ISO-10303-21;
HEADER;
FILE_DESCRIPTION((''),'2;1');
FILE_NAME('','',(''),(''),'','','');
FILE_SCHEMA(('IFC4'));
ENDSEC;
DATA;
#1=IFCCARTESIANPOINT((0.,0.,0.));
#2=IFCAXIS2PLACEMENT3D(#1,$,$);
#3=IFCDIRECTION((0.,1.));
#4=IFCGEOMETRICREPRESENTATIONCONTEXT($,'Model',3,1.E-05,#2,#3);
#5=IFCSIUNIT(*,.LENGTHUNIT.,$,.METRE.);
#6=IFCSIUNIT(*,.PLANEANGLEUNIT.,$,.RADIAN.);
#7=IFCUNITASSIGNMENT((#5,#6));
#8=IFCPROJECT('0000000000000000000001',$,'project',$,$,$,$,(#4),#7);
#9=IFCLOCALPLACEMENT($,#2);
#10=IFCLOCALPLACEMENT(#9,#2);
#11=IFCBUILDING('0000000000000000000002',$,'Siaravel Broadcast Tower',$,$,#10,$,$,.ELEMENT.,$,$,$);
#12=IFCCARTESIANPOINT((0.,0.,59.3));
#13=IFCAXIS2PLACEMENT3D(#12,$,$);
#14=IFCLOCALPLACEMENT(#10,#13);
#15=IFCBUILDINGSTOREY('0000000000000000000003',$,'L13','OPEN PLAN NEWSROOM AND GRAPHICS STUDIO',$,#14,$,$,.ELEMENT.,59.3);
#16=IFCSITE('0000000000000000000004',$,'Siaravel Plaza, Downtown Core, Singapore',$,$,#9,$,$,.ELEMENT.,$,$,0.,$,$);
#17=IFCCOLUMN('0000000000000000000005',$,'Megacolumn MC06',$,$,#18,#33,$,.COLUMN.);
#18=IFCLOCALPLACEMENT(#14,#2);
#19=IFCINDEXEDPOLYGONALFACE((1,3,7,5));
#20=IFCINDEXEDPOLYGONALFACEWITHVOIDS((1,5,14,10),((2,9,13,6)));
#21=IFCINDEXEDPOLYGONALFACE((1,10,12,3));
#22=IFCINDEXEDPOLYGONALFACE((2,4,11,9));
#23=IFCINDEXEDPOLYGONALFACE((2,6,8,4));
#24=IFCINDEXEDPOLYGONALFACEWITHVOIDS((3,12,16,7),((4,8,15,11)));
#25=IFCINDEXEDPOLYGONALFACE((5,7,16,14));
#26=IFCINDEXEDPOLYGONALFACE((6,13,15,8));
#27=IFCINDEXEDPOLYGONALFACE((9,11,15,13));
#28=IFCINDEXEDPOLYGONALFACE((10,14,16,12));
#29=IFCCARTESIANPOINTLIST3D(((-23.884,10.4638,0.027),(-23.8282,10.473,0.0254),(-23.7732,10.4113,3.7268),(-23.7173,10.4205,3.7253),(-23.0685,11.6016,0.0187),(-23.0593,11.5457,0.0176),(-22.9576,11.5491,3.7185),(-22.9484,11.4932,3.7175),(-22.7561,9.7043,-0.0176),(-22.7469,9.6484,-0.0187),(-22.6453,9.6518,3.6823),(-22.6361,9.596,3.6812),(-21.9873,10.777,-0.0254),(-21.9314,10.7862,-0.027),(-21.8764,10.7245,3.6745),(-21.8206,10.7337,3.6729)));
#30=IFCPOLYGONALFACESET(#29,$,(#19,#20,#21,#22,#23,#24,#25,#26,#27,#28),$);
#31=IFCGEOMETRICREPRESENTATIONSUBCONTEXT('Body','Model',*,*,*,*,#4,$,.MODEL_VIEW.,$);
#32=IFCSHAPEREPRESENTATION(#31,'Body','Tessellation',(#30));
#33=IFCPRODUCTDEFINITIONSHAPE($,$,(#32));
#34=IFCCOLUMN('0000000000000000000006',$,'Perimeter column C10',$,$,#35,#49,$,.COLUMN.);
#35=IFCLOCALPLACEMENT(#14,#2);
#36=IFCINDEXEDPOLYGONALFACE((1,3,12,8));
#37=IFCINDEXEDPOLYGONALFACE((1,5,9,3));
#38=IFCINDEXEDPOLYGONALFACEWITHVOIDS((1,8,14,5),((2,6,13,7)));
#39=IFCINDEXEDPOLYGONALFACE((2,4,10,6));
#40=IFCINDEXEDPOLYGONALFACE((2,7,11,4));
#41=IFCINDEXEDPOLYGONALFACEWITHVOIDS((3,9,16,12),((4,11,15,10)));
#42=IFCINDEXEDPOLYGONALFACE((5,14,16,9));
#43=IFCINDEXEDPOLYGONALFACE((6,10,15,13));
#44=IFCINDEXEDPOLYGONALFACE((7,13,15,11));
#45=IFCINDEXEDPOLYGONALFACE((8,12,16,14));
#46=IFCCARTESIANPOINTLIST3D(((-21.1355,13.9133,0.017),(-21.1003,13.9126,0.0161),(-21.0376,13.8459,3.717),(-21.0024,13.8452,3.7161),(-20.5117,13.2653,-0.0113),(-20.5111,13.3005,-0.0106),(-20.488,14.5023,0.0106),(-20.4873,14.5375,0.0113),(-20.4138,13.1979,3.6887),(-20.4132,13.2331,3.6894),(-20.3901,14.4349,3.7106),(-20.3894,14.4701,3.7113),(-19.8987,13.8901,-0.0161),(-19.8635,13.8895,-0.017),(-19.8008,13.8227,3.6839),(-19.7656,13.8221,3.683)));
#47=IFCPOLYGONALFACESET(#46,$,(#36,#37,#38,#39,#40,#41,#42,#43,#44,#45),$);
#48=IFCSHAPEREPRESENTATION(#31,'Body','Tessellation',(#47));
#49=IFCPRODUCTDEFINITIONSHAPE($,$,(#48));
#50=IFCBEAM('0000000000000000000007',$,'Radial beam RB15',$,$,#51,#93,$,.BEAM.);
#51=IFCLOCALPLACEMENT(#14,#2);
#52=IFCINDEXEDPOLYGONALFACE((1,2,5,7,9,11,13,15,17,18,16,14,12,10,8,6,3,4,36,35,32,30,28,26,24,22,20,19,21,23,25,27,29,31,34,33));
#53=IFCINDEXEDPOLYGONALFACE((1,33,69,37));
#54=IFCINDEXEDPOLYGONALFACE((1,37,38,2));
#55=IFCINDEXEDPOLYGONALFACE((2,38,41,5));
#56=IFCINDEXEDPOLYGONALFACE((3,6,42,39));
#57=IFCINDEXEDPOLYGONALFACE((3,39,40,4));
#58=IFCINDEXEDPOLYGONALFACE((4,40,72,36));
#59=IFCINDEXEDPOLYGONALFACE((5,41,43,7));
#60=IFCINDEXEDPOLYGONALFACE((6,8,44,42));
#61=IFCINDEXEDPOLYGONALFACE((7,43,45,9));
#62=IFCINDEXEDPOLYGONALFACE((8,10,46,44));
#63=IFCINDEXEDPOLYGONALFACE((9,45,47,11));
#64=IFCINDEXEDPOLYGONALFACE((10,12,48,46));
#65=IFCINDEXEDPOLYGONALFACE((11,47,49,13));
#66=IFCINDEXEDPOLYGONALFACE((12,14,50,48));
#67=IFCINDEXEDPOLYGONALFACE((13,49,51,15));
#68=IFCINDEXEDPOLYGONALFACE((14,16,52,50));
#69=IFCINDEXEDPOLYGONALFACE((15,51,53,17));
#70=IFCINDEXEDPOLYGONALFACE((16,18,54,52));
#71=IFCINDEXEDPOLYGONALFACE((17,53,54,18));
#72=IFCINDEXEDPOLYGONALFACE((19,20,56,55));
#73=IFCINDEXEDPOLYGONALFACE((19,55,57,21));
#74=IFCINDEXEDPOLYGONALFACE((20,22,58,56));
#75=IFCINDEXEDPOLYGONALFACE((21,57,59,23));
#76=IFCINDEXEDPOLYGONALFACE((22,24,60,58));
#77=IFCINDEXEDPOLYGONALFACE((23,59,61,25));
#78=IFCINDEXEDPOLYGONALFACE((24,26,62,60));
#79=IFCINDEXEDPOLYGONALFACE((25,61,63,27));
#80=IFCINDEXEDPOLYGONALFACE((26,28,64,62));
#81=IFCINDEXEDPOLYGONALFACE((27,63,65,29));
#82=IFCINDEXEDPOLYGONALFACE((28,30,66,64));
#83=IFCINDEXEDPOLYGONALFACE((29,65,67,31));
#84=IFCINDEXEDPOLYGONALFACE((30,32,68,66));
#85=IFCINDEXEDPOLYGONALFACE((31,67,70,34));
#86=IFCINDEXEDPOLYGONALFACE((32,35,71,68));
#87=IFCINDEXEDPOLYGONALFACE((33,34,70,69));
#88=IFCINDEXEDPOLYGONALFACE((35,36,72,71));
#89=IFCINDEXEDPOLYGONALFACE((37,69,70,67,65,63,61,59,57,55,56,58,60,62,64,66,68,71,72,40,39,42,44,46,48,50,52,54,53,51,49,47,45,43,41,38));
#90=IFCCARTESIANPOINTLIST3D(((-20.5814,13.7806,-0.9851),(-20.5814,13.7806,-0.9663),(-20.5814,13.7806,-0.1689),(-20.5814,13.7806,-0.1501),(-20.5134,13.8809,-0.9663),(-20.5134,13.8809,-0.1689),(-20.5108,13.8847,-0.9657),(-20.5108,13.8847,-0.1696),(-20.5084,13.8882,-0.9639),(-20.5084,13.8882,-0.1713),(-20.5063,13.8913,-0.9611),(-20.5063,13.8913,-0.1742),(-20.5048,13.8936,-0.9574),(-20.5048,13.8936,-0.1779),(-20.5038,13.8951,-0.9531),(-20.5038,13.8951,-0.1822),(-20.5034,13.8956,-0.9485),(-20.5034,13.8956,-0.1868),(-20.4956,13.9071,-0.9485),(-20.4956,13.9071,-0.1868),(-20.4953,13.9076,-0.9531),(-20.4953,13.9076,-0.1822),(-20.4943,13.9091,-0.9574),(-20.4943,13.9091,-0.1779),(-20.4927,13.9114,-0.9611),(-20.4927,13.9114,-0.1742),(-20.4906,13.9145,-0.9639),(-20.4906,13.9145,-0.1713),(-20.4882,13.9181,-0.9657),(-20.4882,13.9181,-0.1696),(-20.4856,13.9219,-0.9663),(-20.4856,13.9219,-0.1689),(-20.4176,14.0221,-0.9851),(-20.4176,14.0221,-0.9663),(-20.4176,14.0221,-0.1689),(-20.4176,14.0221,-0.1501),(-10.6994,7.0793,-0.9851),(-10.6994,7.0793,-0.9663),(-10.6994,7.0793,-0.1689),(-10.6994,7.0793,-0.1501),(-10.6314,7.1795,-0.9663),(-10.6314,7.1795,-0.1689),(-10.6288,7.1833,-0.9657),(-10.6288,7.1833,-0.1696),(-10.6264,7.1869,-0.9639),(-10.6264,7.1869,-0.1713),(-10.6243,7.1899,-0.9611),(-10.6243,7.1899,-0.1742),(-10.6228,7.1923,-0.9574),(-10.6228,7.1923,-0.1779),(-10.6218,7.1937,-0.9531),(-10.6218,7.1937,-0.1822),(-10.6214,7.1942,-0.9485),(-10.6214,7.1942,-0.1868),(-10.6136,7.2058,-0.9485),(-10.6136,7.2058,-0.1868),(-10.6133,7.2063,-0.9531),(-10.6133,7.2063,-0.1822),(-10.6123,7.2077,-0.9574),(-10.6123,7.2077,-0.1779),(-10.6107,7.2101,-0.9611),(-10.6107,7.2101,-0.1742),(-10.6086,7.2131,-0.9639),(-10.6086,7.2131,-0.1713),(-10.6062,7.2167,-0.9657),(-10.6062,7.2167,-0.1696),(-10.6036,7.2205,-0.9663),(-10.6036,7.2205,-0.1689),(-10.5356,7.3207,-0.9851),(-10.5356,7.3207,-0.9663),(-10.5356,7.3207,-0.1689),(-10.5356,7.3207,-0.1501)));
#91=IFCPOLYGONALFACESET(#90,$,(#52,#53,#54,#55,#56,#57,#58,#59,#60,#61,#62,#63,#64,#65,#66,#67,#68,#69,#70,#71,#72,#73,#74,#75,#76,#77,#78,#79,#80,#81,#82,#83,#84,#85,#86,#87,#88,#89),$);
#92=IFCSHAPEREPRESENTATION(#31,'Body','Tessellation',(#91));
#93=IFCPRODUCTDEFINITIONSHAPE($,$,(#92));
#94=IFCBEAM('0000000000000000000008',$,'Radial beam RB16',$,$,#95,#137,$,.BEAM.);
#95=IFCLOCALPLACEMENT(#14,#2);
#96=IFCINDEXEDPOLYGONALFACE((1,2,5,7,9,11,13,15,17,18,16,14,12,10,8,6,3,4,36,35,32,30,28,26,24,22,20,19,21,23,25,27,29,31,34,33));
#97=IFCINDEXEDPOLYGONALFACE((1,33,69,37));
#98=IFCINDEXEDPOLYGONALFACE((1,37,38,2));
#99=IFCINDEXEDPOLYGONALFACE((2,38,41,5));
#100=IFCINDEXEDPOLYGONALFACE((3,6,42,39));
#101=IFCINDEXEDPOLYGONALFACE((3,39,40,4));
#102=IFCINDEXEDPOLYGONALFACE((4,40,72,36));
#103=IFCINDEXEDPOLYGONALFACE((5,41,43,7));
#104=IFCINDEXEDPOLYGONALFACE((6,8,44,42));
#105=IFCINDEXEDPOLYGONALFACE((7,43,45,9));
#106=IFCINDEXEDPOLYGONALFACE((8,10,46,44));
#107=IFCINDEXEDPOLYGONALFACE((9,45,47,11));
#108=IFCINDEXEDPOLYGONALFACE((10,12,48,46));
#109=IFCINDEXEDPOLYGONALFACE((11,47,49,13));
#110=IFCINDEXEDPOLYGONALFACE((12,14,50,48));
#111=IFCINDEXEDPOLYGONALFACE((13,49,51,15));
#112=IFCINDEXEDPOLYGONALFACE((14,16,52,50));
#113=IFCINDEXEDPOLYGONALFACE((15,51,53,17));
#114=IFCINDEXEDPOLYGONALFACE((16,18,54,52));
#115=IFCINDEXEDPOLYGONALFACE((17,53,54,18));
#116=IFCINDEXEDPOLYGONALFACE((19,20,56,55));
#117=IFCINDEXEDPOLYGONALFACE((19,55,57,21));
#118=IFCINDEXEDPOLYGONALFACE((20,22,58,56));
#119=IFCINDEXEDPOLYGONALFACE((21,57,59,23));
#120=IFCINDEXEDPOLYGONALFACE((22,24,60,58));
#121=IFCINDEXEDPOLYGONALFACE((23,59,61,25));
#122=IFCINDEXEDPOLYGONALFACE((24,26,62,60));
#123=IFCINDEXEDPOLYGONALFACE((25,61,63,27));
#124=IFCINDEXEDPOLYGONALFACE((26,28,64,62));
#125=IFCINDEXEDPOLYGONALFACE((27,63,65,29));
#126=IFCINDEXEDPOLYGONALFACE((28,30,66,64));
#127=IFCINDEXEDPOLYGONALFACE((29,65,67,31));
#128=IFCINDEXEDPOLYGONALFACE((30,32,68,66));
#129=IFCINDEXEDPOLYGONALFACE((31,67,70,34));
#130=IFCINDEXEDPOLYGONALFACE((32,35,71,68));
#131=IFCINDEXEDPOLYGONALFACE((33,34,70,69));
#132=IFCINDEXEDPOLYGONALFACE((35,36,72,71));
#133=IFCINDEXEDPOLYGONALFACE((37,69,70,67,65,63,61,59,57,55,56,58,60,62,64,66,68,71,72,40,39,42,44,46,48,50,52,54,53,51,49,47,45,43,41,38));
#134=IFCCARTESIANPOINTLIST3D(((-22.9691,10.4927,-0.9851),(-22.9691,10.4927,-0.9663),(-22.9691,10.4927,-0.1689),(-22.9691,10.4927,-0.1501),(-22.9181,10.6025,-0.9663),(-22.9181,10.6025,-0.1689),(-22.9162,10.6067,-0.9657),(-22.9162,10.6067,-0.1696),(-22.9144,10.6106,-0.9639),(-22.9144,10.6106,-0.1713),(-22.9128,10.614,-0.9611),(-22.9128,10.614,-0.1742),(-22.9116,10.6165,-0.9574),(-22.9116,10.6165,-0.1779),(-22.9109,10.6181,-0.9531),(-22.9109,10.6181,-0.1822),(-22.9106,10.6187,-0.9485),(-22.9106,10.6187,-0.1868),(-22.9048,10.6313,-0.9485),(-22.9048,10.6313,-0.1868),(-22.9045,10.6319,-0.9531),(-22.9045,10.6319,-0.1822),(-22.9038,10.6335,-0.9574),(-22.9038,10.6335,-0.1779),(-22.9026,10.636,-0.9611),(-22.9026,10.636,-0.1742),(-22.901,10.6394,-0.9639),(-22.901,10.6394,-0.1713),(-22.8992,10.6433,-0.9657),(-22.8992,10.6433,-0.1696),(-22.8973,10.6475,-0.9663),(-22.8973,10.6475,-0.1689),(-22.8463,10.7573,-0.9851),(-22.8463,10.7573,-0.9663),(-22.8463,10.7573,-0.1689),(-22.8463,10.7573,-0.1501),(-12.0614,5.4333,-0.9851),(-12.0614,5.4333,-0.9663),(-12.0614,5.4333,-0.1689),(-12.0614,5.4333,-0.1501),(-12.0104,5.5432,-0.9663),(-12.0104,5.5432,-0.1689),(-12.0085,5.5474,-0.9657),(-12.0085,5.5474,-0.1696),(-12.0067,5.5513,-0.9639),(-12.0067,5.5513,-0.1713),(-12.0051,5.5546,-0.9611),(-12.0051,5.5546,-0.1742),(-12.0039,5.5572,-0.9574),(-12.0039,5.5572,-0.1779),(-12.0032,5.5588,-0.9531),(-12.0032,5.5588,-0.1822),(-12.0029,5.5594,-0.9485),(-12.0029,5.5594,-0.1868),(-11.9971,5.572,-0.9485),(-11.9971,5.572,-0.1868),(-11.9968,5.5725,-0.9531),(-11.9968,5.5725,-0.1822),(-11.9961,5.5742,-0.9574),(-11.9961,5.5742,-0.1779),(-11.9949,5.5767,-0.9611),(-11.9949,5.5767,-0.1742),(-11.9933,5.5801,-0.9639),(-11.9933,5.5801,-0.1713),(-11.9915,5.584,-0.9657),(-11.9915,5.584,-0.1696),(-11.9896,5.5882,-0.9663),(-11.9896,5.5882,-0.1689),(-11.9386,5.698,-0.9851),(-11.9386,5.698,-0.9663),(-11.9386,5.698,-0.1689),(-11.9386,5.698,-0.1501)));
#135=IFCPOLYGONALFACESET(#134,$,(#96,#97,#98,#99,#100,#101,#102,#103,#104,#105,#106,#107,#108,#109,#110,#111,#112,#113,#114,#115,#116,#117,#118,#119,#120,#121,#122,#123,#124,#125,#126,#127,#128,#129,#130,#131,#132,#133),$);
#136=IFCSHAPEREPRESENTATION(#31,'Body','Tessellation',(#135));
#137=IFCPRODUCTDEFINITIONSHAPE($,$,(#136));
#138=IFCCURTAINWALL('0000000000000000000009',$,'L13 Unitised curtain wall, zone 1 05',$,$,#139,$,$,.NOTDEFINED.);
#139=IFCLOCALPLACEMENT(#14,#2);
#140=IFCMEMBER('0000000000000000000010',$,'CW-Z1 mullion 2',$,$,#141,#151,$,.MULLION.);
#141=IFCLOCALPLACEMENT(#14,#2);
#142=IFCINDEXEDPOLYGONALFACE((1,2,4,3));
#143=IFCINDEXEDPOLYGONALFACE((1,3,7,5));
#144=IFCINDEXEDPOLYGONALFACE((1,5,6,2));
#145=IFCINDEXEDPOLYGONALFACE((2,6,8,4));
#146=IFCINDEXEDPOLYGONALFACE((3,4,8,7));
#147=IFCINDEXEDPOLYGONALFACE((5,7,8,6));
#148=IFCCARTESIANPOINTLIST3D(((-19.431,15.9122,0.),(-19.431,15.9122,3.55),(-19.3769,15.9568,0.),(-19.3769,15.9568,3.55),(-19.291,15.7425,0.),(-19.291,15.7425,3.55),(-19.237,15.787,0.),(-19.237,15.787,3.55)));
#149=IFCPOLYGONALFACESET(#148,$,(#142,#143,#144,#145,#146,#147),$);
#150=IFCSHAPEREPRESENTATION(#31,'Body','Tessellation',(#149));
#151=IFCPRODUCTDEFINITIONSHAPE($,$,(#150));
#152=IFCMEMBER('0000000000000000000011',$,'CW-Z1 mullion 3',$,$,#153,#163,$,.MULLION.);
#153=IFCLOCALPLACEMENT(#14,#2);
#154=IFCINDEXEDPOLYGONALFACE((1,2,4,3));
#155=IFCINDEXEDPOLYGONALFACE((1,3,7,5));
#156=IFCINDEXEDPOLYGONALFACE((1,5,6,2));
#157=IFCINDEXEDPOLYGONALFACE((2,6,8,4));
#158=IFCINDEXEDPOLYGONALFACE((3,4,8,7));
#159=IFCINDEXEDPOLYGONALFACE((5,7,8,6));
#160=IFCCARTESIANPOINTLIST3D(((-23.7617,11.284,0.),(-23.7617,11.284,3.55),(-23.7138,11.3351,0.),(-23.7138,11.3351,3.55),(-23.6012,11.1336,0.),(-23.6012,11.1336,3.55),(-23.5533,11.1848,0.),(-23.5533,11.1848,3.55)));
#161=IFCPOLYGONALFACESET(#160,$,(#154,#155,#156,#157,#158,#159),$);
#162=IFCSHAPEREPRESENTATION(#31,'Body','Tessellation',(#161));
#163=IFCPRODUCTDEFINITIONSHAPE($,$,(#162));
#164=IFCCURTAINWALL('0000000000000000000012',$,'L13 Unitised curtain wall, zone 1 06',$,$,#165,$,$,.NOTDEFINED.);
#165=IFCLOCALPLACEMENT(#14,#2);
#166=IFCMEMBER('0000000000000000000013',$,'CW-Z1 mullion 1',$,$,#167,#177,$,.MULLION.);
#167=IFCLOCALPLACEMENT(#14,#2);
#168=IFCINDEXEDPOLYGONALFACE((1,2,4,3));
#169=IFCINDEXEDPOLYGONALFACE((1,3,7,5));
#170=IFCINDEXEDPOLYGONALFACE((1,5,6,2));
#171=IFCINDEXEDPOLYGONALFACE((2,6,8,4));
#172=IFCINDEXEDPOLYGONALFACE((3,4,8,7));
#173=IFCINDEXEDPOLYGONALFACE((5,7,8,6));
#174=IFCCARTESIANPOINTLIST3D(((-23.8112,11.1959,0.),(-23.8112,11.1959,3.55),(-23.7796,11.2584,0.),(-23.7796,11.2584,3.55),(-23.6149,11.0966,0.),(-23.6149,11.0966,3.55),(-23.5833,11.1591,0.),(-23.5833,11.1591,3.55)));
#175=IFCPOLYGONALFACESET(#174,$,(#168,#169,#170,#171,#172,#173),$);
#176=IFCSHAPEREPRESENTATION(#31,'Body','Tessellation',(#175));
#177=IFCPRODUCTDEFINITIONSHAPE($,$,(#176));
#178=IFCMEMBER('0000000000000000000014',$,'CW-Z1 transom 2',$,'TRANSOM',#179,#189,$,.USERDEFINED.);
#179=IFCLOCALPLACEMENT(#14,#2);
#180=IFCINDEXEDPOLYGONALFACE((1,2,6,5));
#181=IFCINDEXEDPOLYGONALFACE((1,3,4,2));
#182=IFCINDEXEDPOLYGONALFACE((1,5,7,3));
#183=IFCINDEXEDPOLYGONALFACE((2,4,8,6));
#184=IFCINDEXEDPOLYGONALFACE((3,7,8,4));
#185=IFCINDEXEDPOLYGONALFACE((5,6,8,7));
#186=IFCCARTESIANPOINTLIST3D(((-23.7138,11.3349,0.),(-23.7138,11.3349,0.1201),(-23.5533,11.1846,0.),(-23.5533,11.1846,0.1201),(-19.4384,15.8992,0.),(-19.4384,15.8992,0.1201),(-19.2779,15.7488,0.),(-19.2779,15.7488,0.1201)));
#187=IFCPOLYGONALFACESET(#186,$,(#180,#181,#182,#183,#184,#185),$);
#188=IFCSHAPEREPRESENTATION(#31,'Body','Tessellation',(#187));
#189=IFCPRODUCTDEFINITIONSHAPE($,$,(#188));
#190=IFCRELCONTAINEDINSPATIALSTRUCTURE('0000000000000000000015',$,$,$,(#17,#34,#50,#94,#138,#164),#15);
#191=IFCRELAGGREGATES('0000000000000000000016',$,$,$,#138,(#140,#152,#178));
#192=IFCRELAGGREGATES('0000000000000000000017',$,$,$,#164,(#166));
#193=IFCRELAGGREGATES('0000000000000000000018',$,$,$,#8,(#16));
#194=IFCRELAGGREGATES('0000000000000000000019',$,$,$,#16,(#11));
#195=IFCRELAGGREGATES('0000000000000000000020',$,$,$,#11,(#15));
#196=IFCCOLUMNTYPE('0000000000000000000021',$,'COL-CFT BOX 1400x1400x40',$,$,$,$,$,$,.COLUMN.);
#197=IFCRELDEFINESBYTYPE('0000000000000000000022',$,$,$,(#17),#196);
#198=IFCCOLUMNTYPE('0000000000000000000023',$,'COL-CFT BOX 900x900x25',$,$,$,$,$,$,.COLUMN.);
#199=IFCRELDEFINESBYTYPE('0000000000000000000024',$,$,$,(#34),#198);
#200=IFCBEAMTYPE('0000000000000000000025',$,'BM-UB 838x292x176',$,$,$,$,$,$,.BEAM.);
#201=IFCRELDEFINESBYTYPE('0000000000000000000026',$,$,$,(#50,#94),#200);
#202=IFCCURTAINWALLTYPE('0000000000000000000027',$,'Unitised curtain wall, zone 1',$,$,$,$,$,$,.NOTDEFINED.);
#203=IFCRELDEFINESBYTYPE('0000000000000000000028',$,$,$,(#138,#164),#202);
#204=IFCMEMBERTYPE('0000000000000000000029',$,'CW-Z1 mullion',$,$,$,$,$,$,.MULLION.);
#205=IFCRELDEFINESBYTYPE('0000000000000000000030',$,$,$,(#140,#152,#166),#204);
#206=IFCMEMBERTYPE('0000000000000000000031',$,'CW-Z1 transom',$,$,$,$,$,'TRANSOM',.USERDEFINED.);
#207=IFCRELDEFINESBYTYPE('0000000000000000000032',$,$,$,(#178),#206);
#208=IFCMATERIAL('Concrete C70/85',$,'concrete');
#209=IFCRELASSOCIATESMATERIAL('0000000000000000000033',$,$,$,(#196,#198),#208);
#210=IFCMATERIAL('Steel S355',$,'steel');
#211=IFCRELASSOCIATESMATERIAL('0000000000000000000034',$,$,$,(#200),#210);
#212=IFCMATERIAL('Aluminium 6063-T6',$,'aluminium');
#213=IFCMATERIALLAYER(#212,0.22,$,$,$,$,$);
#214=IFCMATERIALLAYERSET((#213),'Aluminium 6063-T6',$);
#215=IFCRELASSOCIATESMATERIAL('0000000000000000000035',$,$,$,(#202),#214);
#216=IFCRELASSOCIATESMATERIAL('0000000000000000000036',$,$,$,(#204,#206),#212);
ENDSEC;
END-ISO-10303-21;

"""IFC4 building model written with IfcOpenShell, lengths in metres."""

from ifc_helpers import new_model, si_unit, direction, frame, origin, origin_2d, place, context, subcontext, project, spatial, rectangle, hollow_rectangle, i_section, extrude, material, layer, layer_set, material_profile, profile_set, type_object, element, aggregate, save


model = new_model("IFC4")

# Units and contexts
model_context = context("Model", 3, precision=1e-05, world=origin(), true_north=direction((0.0, 1.0)))
body_context = subcontext(model_context, "Body", "Model", "MODEL_VIEW")
ifc_project = project(units=[si_unit("LENGTHUNIT", "METRE"), si_unit("PLANEANGLEUNIT", "RADIAN")], contexts=[model_context])

# Site, building, storey
site_placement = place(None, origin())
site = spatial("IfcSite", under=ifc_project, at=site_placement, Name="Siaravel Plaza, Downtown Core, Singapore", CompositionType="ELEMENT", RefElevation=0.0)
building_placement = place(site_placement, origin())
building = spatial("IfcBuilding", under=site, at=building_placement, Name="Siaravel Broadcast Tower", CompositionType="ELEMENT")
storey_placement = place(building_placement, frame((0.0, 0.0, 59.3)))
storey = spatial("IfcBuildingStorey", under=building, at=storey_placement, Name="L13", Description="OPEN PLAN NEWSROOM AND GRAPHICS STUDIO", CompositionType="ELEMENT", Elevation=59.3)

# Columns
ifc_material_1 = material(Name="Concrete C70/85", Category="concrete")
ifc_material_profile_1 = material_profile(ifc_material_1, hollow_rectangle(XDim=1.3999, YDim=1.3999, WallThickness=0.04, at=origin_2d()))
ifc_profile_set_1 = profile_set([ifc_material_profile_1], Name="Concrete C70/85")
column_type_1 = type_object("IfcColumnType", Name="COL-CFT BOX 1400x1400x40", PredefinedType="COLUMN", material=ifc_profile_set_1)
column_1_placement = place(storey_placement, frame((-22.9077, 10.625, 0.0), z_axis=(0.029941, -0.014179, 0.999451), x_axis=(0.582556, 0.812769, -0.005921)))
element("IfcColumn", 1, at=column_1_placement, inside=storey, type_object=column_type_1, Name="Megacolumn MC06", PredefinedType="COLUMN", context=body_context, shape_type="SweptSolid", body=[
    extrude(hollow_rectangle(XDim=1.3999, YDim=1.3999, WallThickness=0.04, at=origin_2d()), origin(), (0.0, 0.0, 1.0), 3.7019),
])
ifc_material_profile_2 = material_profile(ifc_material_1, hollow_rectangle(XDim=0.8999, YDim=0.8999, WallThickness=0.0249, at=origin_2d()))
ifc_profile_set_2 = profile_set([ifc_material_profile_2], Name="Concrete C70/85")
column_type_2 = type_object("IfcColumnType", Name="COL-CFT BOX 900x900x25", PredefinedType="COLUMN", material=ifc_profile_set_2)
column_2_placement = place(storey_placement, frame((-20.4995, 13.9014, 0.0), z_axis=(0.026446, -0.018202, 0.999484), x_axis=(0.720307, 0.693626, -0.006427)))
element("IfcColumn", 2, at=column_2_placement, inside=storey, type_object=column_type_2, Name="Perimeter column C10", PredefinedType="COLUMN", context=body_context, shape_type="SweptSolid", body=[
    extrude(hollow_rectangle(XDim=0.8999, YDim=0.8999, WallThickness=0.0249, at=origin_2d()), origin(), (0.0, 0.0, 1.0), 3.7019),
])

# Beams
ifc_material_2 = material(Name="Steel S355", Category="steel")
ifc_material_profile_3 = material_profile(ifc_material_2, i_section(OverallWidth=0.2917, OverallDepth=0.835, WebThickness=0.0139, FlangeThickness=0.0188, FilletRadius=0.0178, at=origin_2d()))
ifc_profile_set_3 = profile_set([ifc_material_profile_3], Name="Steel S355")
beam_type = type_object("IfcBeamType", Name="BM-UB 838x292x176", PredefinedType="BEAM", material=ifc_profile_set_3)
beam_1_placement = place(storey_placement, frame((-20.4995, 13.9014, -0.5676), z_axis=(0.827642, -0.561256, 0.0), x_axis=(0.561256, 0.827642, 0.0)))
element("IfcBeam", 3, at=beam_1_placement, inside=storey, type_object=beam_type, Name="Radial beam RB15", PredefinedType="BEAM", context=body_context, shape_type="SweptSolid", body=[
    extrude(i_section(OverallWidth=0.2917, OverallDepth=0.835, WebThickness=0.0139, FlangeThickness=0.0188, FilletRadius=0.0178, at=origin_2d()), origin(), (0.0, 0.0, 1.0), 11.9399),
])
beam_2_placement = place(storey_placement, frame((-22.9077, 10.625, -0.5676), z_axis=(0.907167, -0.420771, 0.0), x_axis=(0.420771, 0.907167, 0.0)))
element("IfcBeam", 4, at=beam_2_placement, inside=storey, type_object=beam_type, Name="Radial beam RB16", PredefinedType="BEAM", context=body_context, shape_type="SweptSolid", body=[
    extrude(i_section(OverallWidth=0.2917, OverallDepth=0.835, WebThickness=0.0139, FlangeThickness=0.0188, FilletRadius=0.0178, at=origin_2d()), origin(), (0.0, 0.0, 1.0), 12.0239),
])

# Curtain wall, members
ifc_material_3 = material(Name="Aluminium 6063-T6", Category="aluminium")
ifc_layer_1 = layer(ifc_material_3, 0.22)
ifc_layer_set_1 = layer_set([ifc_layer_1], Name="Aluminium 6063-T6")
curtain_wall_type = type_object("IfcCurtainWallType", Name="Unitised curtain wall, zone 1", PredefinedType="NOTDEFINED", material=ifc_layer_set_1)
curtain_wall_1_placement = place(storey_placement, origin())
curtain_wall_1 = element("IfcCurtainWall", 5, at=curtain_wall_1_placement, inside=storey, type_object=curtain_wall_type, Name="L13 Unitised curtain wall, zone 1 05", PredefinedType="NOTDEFINED")
ifc_material_profile_4 = material_profile(ifc_material_3, rectangle(XDim=0.22, YDim=0.0701, at=origin_2d()))
ifc_profile_set_4 = profile_set([ifc_material_profile_4], Name="Aluminium 6063-T6")
member_type_1 = type_object("IfcMemberType", Name="CW-Z1 mullion", PredefinedType="MULLION", material=ifc_profile_set_4)
member_1_placement = place(storey_placement, frame((-19.334, 15.8496, 0.0), z_axis=(0.0, 0.0, 1.0), x_axis=(0.636217, -0.77151, 0.0)))
member_1 = element("IfcMember", 6, at=member_1_placement, type_object=member_type_1, Name="CW-Z1 mullion 2", PredefinedType="MULLION", context=body_context, shape_type="SweptSolid", body=[
    extrude(rectangle(XDim=0.22, YDim=0.0701, at=origin_2d()), origin(), (0.0, 0.0, 1.0), 3.55),
])
member_2_placement = place(storey_placement, frame((-23.6575, 11.2344, 0.0), z_axis=(0.0, 0.0, 1.0), x_axis=(0.729804, -0.683657, 0.0)))
member_2 = element("IfcMember", 7, at=member_2_placement, type_object=member_type_1, Name="CW-Z1 mullion 3", PredefinedType="MULLION", context=body_context, shape_type="SweptSolid", body=[
    extrude(rectangle(XDim=0.22, YDim=0.0701, at=origin_2d()), origin(), (0.0, 0.0, 1.0), 3.55),
])

# Curtain wall, member
curtain_wall_2_placement = place(storey_placement, origin())
curtain_wall_2 = element("IfcCurtainWall", 8, at=curtain_wall_2_placement, inside=storey, type_object=curtain_wall_type, Name="L13 Unitised curtain wall, zone 1 06", PredefinedType="NOTDEFINED")
member_3_placement = place(storey_placement, frame((-23.6973, 11.1775, 0.0), z_axis=(0.0, 0.0, 1.0), x_axis=(0.892391, -0.451262, 0.0)))
member_3 = element("IfcMember", 9, at=member_3_placement, type_object=member_type_1, Name="CW-Z1 mullion 1", PredefinedType="MULLION", context=body_context, shape_type="SweptSolid", body=[
    extrude(rectangle(XDim=0.22, YDim=0.0701, at=origin_2d()), origin(), (0.0, 0.0, 1.0), 3.55),
])

# Member
ifc_material_profile_5 = material_profile(ifc_material_3, rectangle(XDim=0.22, YDim=0.1201, at=origin_2d()))
ifc_profile_set_5 = profile_set([ifc_material_profile_5], Name="Aluminium 6063-T6")
member_type_2 = type_object("IfcMemberType", Name="CW-Z1 transom", ElementType="TRANSOM", PredefinedType="USERDEFINED", material=ifc_profile_set_5)
member_4_placement = place(storey_placement, frame((-19.3582, 15.824, 0.0601), z_axis=(-0.683639, -0.729821, 0.0), x_axis=(0.729821, -0.683639, 0.0)))
member_4 = element("IfcMember", 10, at=member_4_placement, type_object=member_type_2, Name="CW-Z1 transom 2", ObjectType="TRANSOM", PredefinedType="USERDEFINED", context=body_context, shape_type="SweptSolid", body=[
    extrude(rectangle(XDim=0.22, YDim=0.1201, at=origin_2d()), origin(), (0.0, 0.0, 1.0), 6.2539),
])

aggregate(curtain_wall_1, [member_1, member_2, member_4])
aggregate(curtain_wall_2, [member_3])

save(model, "model.ifc")
